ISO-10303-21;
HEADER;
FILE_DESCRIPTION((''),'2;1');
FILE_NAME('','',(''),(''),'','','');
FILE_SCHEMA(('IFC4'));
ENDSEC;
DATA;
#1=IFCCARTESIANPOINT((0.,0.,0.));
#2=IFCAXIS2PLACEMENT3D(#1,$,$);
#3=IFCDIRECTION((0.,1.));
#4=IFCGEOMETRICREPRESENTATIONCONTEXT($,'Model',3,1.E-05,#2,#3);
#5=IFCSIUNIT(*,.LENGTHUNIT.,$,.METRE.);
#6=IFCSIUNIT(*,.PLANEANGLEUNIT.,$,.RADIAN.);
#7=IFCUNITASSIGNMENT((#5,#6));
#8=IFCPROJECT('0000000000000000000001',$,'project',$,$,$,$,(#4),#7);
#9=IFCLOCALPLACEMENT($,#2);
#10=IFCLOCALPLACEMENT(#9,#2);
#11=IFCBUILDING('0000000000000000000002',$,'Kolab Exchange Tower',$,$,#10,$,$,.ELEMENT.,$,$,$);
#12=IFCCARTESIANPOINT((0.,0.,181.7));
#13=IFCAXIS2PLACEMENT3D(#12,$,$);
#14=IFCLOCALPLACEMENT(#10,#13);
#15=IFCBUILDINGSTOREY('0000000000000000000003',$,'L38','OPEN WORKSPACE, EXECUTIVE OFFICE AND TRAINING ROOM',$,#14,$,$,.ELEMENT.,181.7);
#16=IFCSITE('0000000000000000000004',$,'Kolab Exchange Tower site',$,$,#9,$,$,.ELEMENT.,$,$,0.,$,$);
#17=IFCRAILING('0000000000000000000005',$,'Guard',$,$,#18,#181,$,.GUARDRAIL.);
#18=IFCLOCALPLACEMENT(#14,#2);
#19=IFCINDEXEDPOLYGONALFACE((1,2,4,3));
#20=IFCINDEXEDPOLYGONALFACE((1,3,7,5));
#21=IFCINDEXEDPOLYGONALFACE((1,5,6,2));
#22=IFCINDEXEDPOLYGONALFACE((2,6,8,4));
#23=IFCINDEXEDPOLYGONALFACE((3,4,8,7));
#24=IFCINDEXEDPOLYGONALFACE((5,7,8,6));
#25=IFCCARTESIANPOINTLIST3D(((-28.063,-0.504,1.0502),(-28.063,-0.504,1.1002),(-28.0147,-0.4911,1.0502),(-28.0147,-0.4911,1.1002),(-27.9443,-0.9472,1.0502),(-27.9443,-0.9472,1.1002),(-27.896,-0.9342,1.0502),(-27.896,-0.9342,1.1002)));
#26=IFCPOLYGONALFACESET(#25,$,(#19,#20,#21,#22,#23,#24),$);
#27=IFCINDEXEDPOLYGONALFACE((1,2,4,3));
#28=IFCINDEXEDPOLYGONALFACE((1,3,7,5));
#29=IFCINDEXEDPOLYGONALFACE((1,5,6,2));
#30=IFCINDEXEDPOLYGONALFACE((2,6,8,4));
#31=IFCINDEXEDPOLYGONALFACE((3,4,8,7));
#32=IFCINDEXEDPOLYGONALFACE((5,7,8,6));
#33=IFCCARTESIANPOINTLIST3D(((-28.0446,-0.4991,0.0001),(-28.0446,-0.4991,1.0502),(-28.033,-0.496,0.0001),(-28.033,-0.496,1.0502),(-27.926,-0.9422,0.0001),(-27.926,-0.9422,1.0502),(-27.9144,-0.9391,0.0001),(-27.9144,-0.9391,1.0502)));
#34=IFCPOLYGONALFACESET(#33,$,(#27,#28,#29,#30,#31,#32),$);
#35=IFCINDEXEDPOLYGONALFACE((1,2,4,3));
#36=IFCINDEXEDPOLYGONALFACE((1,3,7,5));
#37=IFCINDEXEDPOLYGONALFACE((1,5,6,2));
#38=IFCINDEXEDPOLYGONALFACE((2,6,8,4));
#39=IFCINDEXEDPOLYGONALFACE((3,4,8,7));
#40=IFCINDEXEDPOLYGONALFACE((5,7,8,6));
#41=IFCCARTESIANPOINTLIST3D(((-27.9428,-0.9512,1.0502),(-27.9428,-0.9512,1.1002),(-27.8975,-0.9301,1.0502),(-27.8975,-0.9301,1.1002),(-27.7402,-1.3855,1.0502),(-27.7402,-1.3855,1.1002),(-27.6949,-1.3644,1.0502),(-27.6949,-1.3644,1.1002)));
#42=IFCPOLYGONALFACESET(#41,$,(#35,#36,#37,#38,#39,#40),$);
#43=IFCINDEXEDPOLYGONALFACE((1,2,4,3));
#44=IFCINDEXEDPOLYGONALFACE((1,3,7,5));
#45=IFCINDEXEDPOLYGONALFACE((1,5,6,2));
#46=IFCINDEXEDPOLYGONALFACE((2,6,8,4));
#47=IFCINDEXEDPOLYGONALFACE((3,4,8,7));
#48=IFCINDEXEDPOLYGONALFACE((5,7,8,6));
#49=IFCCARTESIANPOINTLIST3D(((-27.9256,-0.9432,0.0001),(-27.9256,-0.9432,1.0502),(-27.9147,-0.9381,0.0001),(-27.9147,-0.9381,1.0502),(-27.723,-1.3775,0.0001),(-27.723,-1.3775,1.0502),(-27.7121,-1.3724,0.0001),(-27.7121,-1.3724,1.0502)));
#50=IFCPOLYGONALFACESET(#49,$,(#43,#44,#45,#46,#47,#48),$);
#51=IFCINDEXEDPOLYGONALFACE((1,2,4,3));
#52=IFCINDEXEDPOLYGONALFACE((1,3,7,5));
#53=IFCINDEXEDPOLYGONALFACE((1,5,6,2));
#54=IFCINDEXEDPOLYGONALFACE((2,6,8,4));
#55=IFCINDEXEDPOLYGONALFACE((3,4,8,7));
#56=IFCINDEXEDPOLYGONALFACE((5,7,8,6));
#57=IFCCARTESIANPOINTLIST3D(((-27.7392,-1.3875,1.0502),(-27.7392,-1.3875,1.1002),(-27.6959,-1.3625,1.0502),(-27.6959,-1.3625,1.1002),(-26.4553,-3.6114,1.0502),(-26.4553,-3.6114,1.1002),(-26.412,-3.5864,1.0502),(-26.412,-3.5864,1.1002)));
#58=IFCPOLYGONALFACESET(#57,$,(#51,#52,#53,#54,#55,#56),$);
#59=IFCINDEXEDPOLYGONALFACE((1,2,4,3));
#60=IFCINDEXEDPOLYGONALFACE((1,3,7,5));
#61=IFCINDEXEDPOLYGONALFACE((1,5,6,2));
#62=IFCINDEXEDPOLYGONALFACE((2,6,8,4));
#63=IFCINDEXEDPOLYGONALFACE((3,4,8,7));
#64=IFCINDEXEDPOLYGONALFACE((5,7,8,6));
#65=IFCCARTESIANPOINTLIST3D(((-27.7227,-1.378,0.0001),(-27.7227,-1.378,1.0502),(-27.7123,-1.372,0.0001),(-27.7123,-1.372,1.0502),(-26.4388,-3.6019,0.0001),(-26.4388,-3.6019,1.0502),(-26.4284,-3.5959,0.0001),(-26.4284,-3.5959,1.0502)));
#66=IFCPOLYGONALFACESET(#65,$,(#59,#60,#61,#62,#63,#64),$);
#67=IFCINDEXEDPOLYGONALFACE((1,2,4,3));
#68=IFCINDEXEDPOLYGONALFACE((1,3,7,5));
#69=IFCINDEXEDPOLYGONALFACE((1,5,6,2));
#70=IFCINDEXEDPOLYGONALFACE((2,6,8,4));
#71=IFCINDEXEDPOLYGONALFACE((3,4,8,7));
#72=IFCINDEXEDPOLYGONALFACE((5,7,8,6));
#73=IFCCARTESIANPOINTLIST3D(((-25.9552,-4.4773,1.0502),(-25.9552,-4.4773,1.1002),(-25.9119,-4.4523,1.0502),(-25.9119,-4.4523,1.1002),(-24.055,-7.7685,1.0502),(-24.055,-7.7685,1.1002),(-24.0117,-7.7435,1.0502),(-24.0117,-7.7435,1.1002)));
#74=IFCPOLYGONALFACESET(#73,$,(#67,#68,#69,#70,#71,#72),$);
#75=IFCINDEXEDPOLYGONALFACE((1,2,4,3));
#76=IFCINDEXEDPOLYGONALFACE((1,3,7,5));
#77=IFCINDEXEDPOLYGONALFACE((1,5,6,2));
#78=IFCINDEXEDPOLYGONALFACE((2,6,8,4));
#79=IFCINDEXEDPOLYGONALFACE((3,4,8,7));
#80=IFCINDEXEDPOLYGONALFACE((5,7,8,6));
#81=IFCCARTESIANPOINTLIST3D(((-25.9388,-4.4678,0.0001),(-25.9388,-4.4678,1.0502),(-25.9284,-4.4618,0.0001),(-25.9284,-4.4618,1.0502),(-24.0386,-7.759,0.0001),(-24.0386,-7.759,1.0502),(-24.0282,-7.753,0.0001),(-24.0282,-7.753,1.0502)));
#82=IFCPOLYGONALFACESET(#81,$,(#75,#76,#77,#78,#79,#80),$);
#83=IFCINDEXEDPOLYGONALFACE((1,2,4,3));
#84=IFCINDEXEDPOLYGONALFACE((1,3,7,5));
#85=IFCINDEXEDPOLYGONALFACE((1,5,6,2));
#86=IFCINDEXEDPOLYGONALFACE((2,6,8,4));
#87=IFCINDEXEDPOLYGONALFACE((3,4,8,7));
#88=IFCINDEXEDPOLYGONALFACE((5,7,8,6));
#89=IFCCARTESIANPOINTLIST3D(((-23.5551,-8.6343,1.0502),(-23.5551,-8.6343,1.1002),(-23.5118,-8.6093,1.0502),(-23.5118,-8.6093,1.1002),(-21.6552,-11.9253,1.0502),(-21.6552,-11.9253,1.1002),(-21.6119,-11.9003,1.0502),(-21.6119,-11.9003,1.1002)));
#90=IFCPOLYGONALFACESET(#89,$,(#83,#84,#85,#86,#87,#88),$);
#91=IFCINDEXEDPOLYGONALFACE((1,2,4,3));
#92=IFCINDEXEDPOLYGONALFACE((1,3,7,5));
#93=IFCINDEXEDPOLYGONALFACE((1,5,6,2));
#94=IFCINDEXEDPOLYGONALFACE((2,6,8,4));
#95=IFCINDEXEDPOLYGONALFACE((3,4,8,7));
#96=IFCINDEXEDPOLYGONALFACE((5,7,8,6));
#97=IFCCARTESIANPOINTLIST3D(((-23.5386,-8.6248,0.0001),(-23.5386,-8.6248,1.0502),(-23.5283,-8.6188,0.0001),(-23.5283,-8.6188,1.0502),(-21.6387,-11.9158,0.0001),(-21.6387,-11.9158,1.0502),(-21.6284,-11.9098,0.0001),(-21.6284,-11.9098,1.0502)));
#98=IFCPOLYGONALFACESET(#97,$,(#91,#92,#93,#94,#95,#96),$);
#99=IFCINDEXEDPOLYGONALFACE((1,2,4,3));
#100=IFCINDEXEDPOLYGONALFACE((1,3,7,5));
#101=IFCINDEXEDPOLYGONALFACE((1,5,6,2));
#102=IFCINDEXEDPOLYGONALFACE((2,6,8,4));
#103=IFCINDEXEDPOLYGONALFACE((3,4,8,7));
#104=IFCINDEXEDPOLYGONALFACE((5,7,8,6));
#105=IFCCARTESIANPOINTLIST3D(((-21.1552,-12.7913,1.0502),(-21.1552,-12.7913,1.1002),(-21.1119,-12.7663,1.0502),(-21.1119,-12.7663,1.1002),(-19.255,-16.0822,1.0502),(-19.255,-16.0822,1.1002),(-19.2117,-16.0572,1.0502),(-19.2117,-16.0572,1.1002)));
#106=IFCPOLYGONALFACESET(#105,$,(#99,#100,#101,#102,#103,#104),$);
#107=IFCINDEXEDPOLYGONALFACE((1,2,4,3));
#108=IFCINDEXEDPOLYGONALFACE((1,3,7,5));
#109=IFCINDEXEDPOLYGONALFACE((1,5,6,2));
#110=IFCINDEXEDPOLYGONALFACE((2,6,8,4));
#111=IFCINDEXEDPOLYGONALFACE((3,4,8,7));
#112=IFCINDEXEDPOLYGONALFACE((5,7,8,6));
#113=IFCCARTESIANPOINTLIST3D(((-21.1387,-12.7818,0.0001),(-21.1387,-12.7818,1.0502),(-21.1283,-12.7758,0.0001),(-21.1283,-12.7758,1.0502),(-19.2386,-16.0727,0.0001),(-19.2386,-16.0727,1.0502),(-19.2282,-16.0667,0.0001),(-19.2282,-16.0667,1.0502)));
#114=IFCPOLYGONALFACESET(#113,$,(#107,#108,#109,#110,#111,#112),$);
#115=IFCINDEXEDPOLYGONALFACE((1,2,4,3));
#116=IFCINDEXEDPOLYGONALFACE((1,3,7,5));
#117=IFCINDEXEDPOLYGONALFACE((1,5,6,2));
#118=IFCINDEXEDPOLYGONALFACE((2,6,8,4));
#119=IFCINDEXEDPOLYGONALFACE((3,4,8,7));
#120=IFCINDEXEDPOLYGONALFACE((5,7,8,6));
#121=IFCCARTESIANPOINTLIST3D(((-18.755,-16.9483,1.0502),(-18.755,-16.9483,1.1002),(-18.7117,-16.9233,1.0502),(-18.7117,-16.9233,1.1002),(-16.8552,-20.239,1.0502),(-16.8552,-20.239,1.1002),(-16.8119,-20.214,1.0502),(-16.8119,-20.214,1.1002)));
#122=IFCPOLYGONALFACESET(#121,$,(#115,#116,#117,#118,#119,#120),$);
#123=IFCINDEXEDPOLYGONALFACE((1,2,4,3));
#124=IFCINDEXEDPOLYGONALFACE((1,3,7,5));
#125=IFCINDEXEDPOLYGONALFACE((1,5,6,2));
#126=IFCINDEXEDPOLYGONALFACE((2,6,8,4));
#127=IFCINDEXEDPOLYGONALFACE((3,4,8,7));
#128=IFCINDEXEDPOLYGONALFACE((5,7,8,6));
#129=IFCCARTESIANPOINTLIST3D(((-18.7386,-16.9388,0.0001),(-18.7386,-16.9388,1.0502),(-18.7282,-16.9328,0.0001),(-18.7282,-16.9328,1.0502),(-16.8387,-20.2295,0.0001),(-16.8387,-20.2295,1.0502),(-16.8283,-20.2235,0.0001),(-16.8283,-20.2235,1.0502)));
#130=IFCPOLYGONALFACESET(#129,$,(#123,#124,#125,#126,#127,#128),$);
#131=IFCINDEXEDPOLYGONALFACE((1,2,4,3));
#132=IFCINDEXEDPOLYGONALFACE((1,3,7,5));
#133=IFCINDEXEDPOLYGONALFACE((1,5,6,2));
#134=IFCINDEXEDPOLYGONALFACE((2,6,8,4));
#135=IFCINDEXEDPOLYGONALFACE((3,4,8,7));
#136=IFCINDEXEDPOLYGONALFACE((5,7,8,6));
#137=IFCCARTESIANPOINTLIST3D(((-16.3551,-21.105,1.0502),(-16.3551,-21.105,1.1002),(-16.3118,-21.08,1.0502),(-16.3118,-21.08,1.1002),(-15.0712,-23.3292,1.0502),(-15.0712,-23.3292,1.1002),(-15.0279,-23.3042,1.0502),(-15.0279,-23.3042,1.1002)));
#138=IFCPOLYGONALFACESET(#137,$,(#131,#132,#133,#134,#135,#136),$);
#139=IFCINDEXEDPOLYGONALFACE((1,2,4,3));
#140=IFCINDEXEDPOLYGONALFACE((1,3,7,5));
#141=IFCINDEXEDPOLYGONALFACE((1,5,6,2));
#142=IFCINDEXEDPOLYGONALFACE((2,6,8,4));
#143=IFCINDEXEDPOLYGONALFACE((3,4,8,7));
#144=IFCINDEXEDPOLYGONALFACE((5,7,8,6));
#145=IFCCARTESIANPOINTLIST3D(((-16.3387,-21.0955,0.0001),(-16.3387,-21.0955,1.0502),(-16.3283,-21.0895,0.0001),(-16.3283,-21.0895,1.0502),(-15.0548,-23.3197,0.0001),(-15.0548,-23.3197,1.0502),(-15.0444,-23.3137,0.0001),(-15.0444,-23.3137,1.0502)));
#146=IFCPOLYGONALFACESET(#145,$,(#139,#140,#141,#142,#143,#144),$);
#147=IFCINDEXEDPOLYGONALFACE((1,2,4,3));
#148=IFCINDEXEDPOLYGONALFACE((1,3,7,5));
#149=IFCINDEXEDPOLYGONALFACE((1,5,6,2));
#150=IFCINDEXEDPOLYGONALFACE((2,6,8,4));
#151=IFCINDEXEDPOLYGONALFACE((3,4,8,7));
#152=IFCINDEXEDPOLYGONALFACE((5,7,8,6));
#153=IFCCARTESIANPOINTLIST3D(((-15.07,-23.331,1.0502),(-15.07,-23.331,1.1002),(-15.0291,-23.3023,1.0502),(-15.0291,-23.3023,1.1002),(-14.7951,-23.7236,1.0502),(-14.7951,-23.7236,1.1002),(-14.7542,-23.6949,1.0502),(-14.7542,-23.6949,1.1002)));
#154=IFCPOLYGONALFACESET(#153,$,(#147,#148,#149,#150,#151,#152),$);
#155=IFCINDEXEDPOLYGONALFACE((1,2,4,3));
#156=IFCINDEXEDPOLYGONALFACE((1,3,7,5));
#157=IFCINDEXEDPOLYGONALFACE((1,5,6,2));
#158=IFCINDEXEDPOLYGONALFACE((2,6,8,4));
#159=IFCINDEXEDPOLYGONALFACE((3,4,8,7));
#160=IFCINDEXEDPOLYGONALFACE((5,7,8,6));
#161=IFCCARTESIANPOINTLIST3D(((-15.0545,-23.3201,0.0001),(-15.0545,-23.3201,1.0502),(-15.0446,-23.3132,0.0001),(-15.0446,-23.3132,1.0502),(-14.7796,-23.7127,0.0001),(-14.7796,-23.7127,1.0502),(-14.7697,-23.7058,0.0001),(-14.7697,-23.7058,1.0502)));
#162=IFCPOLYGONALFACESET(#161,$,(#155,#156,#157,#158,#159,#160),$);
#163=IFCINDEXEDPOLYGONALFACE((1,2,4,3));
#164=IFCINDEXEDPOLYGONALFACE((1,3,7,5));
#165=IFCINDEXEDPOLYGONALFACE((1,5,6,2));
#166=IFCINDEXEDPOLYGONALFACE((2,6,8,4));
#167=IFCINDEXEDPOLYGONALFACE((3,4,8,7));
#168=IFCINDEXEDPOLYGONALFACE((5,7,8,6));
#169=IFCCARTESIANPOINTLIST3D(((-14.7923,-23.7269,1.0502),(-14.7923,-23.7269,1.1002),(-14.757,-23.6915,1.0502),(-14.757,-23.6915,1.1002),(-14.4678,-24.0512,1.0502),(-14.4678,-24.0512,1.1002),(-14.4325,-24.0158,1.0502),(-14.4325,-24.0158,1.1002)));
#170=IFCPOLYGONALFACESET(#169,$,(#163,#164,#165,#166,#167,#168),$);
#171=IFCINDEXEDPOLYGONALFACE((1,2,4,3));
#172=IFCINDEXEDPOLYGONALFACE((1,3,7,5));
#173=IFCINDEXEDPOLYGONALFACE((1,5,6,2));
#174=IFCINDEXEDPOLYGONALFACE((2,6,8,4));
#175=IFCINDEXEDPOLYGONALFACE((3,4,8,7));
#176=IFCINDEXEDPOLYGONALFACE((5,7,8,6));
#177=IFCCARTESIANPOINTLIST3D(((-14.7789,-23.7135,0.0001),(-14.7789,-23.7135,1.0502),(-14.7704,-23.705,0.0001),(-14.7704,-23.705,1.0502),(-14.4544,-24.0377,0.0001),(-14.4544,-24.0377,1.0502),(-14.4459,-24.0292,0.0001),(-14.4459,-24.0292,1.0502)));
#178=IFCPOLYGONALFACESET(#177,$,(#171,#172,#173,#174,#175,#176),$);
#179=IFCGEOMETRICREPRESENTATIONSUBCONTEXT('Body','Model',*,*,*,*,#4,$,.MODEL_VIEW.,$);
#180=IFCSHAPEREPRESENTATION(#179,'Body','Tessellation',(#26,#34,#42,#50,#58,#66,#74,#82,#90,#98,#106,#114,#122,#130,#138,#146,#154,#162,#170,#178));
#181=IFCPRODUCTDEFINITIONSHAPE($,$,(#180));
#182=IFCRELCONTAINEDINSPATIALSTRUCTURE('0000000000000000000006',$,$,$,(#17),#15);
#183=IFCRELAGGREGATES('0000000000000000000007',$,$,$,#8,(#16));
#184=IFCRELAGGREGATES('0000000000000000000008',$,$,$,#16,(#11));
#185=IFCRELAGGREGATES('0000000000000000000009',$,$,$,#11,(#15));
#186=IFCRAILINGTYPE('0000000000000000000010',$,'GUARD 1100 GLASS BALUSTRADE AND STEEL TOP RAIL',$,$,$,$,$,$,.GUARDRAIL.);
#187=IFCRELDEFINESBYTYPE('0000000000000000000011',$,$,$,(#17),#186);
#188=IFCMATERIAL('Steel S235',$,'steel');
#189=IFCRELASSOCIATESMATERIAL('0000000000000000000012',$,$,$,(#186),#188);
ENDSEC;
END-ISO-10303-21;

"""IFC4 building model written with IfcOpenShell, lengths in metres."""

from ifc_helpers import new_model, si_unit, direction, frame, frame_2d, origin, origin_2d, place, context, subcontext, project, spatial, rectangle, extrude, material, type_object, element, save


model = new_model("IFC4")

# Units and contexts
model_context = context("Model", 3, precision=1e-05, world=origin(), true_north=direction((0.0, 1.0)))
body_context = subcontext(model_context, "Body", "Model", "MODEL_VIEW")
ifc_project = project(units=[si_unit("LENGTHUNIT", "METRE"), si_unit("PLANEANGLEUNIT", "RADIAN")], contexts=[model_context])

# Site, building, storey
site_placement = place(None, origin())
site = spatial("IfcSite", under=ifc_project, at=site_placement, Name="Kolab Exchange Tower site", CompositionType="ELEMENT", RefElevation=0.0)
building_placement = place(site_placement, origin())
building = spatial("IfcBuilding", under=site, at=building_placement, Name="Kolab Exchange Tower", CompositionType="ELEMENT")
storey_placement = place(building_placement, frame((0.0, 0.0, 181.7)))
storey = spatial("IfcBuildingStorey", under=building, at=storey_placement, Name="L38", Description="OPEN WORKSPACE, EXECUTIVE OFFICE AND TRAINING ROOM", CompositionType="ELEMENT", Elevation=181.7)

# Shared definitions
ifc_material_1 = material(Name="Steel S235", Category="steel")

# Railing
railing_type = type_object("IfcRailingType", Name="GUARD 1100 GLASS BALUSTRADE AND STEEL TOP RAIL", PredefinedType="GUARDRAIL", material=ifc_material_1)
railing_placement = place(storey_placement, frame((-28.0388, -0.4976, 0.0)))
element("IfcRailing", 1, at=railing_placement, inside=storey, type_object=railing_type, Name="Guard", PredefinedType="GUARDRAIL", context=body_context, shape_type="SweptSolid", body=[
    extrude(rectangle(XDim=0.05, YDim=0.05, at=origin_2d()), frame((0.0, 0.0, 1.0752), z_axis=(0.258656, -0.965969, 0.0), x_axis=(0.965969, 0.258656, 0.0)), (0.0, 0.0, 1.0), 0.4587),
    extrude(rectangle(XDim=0.012, YDim=1.0501, at=frame_2d((0.0, 0.5251))), frame((0.0, 0.0, 0.0), z_axis=(0.258656, -0.965969, 0.0), x_axis=(0.965969, 0.258656, 0.0)), (0.0, 0.0, 1.0), 0.4587),
    extrude(rectangle(XDim=0.05, YDim=0.05, at=origin_2d()), frame((0.1187, -0.4431, 1.0752), z_axis=(0.422802, -0.906222, 0.0), x_axis=(0.906222, 0.422802, 0.0)), (0.0, 0.0, 1.0), 0.4792),
    extrude(rectangle(XDim=0.012, YDim=1.0501, at=frame_2d((0.0, 0.5251))), frame((0.1187, -0.4431, 0.0), z_axis=(0.422802, -0.906222, 0.0), x_axis=(0.906222, 0.422802, 0.0)), (0.0, 0.0, 1.0), 0.4792),
    extrude(rectangle(XDim=0.05, YDim=0.05, at=origin_2d()), frame((0.3213, -0.8774, 1.0752), z_axis=(0.499994, -0.866029, 0.0), x_axis=(0.866029, 0.499994, 0.0)), (0.0, 0.0, 1.0), 2.5679),
    extrude(rectangle(XDim=0.012, YDim=1.0501, at=frame_2d((0.0, 0.5251))), frame((0.3213, -0.8774, 0.0), z_axis=(0.499994, -0.866029, 0.0), x_axis=(0.866029, 0.499994, 0.0)), (0.0, 0.0, 1.0), 2.5679),
    extrude(rectangle(XDim=0.05, YDim=0.05, at=origin_2d()), frame((2.1052, -3.9673, 1.0752), z_axis=(0.500015, -0.866017, 0.0), x_axis=(0.866017, 0.500015, 0.0)), (0.0, 0.0, 1.0), 3.8003),
    extrude(rectangle(XDim=0.012, YDim=1.0501, at=frame_2d((0.0, 0.5251))), frame((2.1052, -3.9673, 0.0), z_axis=(0.500015, -0.866017, 0.0), x_axis=(0.866017, 0.500015, 0.0)), (0.0, 0.0, 1.0), 3.8003),
    extrude(rectangle(XDim=0.05, YDim=0.05, at=origin_2d()), frame((4.5054, -8.1243, 1.0752), z_axis=(0.499967, -0.866044, 0.0), x_axis=(0.866044, 0.499967, 0.0)), (0.0, 0.0, 1.0), 3.8),
    extrude(rectangle(XDim=0.012, YDim=1.0501, at=frame_2d((0.0, 0.5251))), frame((4.5054, -8.1243, 0.0), z_axis=(0.499967, -0.866044, 0.0), x_axis=(0.866044, 0.499967, 0.0)), (0.0, 0.0, 1.0), 3.8),
    extrude(rectangle(XDim=0.05, YDim=0.05, at=origin_2d()), frame((6.9053, -12.2812, 1.0752), z_axis=(0.500043, -0.866, 0.0), x_axis=(0.866, 0.500043, 0.0)), (0.0, 0.0, 1.0), 3.8),
    extrude(rectangle(XDim=0.012, YDim=1.0501, at=frame_2d((0.0, 0.5251))), frame((6.9053, -12.2812, 0.0), z_axis=(0.500043, -0.866, 0.0), x_axis=(0.866, 0.500043, 0.0)), (0.0, 0.0, 1.0), 3.8),
    extrude(rectangle(XDim=0.05, YDim=0.05, at=origin_2d()), frame((9.3054, -16.4382, 1.0752), z_axis=(0.499995, -0.866028, 0.0), x_axis=(0.866028, 0.499995, 0.0)), (0.0, 0.0, 1.0), 3.7998),
    extrude(rectangle(XDim=0.012, YDim=1.0501, at=frame_2d((0.0, 0.5251))), frame((9.3054, -16.4382, 0.0), z_axis=(0.499995, -0.866028, 0.0), x_axis=(0.866028, 0.499995, 0.0)), (0.0, 0.0, 1.0), 3.7998),
    extrude(rectangle(XDim=0.05, YDim=0.05, at=origin_2d()), frame((11.7053, -20.595, 1.0752), z_axis=(0.499953, -0.866053, 0.0), x_axis=(0.866053, 0.499953, 0.0)), (0.0, 0.0, 1.0), 2.5681),
    extrude(rectangle(XDim=0.012, YDim=1.0501, at=frame_2d((0.0, 0.5251))), frame((11.7053, -20.595, 0.0), z_axis=(0.499953, -0.866053, 0.0), x_axis=(0.866053, 0.499953, 0.0)), (0.0, 0.0, 1.0), 2.5681),
    extrude(rectangle(XDim=0.05, YDim=0.05, at=origin_2d()), frame((12.9893, -22.8191, 1.0752), z_axis=(0.573599, -0.819136, 0.0), x_axis=(0.819136, 0.573599, 0.0)), (0.0, 0.0, 1.0), 0.4792),
    extrude(rectangle(XDim=0.012, YDim=1.0501, at=frame_2d((0.0, 0.5251))), frame((12.9893, -22.8191, 0.0), z_axis=(0.573599, -0.819136, 0.0), x_axis=(0.819136, 0.573599, 0.0)), (0.0, 0.0, 1.0), 0.4792),
    extrude(rectangle(XDim=0.05, YDim=0.05, at=origin_2d()), frame((13.2642, -23.2117, 1.0752), z_axis=(0.707373, -0.706841, 0.0), x_axis=(0.706841, 0.707373, 0.0)), (0.0, 0.0, 1.0), 0.4587),
    extrude(rectangle(XDim=0.012, YDim=1.0501, at=frame_2d((0.0, 0.5251))), frame((13.2642, -23.2117, 0.0), z_axis=(0.707373, -0.706841, 0.0), x_axis=(0.706841, 0.707373, 0.0)), (0.0, 0.0, 1.0), 0.4587),
])

save(model, "model.ifc")
